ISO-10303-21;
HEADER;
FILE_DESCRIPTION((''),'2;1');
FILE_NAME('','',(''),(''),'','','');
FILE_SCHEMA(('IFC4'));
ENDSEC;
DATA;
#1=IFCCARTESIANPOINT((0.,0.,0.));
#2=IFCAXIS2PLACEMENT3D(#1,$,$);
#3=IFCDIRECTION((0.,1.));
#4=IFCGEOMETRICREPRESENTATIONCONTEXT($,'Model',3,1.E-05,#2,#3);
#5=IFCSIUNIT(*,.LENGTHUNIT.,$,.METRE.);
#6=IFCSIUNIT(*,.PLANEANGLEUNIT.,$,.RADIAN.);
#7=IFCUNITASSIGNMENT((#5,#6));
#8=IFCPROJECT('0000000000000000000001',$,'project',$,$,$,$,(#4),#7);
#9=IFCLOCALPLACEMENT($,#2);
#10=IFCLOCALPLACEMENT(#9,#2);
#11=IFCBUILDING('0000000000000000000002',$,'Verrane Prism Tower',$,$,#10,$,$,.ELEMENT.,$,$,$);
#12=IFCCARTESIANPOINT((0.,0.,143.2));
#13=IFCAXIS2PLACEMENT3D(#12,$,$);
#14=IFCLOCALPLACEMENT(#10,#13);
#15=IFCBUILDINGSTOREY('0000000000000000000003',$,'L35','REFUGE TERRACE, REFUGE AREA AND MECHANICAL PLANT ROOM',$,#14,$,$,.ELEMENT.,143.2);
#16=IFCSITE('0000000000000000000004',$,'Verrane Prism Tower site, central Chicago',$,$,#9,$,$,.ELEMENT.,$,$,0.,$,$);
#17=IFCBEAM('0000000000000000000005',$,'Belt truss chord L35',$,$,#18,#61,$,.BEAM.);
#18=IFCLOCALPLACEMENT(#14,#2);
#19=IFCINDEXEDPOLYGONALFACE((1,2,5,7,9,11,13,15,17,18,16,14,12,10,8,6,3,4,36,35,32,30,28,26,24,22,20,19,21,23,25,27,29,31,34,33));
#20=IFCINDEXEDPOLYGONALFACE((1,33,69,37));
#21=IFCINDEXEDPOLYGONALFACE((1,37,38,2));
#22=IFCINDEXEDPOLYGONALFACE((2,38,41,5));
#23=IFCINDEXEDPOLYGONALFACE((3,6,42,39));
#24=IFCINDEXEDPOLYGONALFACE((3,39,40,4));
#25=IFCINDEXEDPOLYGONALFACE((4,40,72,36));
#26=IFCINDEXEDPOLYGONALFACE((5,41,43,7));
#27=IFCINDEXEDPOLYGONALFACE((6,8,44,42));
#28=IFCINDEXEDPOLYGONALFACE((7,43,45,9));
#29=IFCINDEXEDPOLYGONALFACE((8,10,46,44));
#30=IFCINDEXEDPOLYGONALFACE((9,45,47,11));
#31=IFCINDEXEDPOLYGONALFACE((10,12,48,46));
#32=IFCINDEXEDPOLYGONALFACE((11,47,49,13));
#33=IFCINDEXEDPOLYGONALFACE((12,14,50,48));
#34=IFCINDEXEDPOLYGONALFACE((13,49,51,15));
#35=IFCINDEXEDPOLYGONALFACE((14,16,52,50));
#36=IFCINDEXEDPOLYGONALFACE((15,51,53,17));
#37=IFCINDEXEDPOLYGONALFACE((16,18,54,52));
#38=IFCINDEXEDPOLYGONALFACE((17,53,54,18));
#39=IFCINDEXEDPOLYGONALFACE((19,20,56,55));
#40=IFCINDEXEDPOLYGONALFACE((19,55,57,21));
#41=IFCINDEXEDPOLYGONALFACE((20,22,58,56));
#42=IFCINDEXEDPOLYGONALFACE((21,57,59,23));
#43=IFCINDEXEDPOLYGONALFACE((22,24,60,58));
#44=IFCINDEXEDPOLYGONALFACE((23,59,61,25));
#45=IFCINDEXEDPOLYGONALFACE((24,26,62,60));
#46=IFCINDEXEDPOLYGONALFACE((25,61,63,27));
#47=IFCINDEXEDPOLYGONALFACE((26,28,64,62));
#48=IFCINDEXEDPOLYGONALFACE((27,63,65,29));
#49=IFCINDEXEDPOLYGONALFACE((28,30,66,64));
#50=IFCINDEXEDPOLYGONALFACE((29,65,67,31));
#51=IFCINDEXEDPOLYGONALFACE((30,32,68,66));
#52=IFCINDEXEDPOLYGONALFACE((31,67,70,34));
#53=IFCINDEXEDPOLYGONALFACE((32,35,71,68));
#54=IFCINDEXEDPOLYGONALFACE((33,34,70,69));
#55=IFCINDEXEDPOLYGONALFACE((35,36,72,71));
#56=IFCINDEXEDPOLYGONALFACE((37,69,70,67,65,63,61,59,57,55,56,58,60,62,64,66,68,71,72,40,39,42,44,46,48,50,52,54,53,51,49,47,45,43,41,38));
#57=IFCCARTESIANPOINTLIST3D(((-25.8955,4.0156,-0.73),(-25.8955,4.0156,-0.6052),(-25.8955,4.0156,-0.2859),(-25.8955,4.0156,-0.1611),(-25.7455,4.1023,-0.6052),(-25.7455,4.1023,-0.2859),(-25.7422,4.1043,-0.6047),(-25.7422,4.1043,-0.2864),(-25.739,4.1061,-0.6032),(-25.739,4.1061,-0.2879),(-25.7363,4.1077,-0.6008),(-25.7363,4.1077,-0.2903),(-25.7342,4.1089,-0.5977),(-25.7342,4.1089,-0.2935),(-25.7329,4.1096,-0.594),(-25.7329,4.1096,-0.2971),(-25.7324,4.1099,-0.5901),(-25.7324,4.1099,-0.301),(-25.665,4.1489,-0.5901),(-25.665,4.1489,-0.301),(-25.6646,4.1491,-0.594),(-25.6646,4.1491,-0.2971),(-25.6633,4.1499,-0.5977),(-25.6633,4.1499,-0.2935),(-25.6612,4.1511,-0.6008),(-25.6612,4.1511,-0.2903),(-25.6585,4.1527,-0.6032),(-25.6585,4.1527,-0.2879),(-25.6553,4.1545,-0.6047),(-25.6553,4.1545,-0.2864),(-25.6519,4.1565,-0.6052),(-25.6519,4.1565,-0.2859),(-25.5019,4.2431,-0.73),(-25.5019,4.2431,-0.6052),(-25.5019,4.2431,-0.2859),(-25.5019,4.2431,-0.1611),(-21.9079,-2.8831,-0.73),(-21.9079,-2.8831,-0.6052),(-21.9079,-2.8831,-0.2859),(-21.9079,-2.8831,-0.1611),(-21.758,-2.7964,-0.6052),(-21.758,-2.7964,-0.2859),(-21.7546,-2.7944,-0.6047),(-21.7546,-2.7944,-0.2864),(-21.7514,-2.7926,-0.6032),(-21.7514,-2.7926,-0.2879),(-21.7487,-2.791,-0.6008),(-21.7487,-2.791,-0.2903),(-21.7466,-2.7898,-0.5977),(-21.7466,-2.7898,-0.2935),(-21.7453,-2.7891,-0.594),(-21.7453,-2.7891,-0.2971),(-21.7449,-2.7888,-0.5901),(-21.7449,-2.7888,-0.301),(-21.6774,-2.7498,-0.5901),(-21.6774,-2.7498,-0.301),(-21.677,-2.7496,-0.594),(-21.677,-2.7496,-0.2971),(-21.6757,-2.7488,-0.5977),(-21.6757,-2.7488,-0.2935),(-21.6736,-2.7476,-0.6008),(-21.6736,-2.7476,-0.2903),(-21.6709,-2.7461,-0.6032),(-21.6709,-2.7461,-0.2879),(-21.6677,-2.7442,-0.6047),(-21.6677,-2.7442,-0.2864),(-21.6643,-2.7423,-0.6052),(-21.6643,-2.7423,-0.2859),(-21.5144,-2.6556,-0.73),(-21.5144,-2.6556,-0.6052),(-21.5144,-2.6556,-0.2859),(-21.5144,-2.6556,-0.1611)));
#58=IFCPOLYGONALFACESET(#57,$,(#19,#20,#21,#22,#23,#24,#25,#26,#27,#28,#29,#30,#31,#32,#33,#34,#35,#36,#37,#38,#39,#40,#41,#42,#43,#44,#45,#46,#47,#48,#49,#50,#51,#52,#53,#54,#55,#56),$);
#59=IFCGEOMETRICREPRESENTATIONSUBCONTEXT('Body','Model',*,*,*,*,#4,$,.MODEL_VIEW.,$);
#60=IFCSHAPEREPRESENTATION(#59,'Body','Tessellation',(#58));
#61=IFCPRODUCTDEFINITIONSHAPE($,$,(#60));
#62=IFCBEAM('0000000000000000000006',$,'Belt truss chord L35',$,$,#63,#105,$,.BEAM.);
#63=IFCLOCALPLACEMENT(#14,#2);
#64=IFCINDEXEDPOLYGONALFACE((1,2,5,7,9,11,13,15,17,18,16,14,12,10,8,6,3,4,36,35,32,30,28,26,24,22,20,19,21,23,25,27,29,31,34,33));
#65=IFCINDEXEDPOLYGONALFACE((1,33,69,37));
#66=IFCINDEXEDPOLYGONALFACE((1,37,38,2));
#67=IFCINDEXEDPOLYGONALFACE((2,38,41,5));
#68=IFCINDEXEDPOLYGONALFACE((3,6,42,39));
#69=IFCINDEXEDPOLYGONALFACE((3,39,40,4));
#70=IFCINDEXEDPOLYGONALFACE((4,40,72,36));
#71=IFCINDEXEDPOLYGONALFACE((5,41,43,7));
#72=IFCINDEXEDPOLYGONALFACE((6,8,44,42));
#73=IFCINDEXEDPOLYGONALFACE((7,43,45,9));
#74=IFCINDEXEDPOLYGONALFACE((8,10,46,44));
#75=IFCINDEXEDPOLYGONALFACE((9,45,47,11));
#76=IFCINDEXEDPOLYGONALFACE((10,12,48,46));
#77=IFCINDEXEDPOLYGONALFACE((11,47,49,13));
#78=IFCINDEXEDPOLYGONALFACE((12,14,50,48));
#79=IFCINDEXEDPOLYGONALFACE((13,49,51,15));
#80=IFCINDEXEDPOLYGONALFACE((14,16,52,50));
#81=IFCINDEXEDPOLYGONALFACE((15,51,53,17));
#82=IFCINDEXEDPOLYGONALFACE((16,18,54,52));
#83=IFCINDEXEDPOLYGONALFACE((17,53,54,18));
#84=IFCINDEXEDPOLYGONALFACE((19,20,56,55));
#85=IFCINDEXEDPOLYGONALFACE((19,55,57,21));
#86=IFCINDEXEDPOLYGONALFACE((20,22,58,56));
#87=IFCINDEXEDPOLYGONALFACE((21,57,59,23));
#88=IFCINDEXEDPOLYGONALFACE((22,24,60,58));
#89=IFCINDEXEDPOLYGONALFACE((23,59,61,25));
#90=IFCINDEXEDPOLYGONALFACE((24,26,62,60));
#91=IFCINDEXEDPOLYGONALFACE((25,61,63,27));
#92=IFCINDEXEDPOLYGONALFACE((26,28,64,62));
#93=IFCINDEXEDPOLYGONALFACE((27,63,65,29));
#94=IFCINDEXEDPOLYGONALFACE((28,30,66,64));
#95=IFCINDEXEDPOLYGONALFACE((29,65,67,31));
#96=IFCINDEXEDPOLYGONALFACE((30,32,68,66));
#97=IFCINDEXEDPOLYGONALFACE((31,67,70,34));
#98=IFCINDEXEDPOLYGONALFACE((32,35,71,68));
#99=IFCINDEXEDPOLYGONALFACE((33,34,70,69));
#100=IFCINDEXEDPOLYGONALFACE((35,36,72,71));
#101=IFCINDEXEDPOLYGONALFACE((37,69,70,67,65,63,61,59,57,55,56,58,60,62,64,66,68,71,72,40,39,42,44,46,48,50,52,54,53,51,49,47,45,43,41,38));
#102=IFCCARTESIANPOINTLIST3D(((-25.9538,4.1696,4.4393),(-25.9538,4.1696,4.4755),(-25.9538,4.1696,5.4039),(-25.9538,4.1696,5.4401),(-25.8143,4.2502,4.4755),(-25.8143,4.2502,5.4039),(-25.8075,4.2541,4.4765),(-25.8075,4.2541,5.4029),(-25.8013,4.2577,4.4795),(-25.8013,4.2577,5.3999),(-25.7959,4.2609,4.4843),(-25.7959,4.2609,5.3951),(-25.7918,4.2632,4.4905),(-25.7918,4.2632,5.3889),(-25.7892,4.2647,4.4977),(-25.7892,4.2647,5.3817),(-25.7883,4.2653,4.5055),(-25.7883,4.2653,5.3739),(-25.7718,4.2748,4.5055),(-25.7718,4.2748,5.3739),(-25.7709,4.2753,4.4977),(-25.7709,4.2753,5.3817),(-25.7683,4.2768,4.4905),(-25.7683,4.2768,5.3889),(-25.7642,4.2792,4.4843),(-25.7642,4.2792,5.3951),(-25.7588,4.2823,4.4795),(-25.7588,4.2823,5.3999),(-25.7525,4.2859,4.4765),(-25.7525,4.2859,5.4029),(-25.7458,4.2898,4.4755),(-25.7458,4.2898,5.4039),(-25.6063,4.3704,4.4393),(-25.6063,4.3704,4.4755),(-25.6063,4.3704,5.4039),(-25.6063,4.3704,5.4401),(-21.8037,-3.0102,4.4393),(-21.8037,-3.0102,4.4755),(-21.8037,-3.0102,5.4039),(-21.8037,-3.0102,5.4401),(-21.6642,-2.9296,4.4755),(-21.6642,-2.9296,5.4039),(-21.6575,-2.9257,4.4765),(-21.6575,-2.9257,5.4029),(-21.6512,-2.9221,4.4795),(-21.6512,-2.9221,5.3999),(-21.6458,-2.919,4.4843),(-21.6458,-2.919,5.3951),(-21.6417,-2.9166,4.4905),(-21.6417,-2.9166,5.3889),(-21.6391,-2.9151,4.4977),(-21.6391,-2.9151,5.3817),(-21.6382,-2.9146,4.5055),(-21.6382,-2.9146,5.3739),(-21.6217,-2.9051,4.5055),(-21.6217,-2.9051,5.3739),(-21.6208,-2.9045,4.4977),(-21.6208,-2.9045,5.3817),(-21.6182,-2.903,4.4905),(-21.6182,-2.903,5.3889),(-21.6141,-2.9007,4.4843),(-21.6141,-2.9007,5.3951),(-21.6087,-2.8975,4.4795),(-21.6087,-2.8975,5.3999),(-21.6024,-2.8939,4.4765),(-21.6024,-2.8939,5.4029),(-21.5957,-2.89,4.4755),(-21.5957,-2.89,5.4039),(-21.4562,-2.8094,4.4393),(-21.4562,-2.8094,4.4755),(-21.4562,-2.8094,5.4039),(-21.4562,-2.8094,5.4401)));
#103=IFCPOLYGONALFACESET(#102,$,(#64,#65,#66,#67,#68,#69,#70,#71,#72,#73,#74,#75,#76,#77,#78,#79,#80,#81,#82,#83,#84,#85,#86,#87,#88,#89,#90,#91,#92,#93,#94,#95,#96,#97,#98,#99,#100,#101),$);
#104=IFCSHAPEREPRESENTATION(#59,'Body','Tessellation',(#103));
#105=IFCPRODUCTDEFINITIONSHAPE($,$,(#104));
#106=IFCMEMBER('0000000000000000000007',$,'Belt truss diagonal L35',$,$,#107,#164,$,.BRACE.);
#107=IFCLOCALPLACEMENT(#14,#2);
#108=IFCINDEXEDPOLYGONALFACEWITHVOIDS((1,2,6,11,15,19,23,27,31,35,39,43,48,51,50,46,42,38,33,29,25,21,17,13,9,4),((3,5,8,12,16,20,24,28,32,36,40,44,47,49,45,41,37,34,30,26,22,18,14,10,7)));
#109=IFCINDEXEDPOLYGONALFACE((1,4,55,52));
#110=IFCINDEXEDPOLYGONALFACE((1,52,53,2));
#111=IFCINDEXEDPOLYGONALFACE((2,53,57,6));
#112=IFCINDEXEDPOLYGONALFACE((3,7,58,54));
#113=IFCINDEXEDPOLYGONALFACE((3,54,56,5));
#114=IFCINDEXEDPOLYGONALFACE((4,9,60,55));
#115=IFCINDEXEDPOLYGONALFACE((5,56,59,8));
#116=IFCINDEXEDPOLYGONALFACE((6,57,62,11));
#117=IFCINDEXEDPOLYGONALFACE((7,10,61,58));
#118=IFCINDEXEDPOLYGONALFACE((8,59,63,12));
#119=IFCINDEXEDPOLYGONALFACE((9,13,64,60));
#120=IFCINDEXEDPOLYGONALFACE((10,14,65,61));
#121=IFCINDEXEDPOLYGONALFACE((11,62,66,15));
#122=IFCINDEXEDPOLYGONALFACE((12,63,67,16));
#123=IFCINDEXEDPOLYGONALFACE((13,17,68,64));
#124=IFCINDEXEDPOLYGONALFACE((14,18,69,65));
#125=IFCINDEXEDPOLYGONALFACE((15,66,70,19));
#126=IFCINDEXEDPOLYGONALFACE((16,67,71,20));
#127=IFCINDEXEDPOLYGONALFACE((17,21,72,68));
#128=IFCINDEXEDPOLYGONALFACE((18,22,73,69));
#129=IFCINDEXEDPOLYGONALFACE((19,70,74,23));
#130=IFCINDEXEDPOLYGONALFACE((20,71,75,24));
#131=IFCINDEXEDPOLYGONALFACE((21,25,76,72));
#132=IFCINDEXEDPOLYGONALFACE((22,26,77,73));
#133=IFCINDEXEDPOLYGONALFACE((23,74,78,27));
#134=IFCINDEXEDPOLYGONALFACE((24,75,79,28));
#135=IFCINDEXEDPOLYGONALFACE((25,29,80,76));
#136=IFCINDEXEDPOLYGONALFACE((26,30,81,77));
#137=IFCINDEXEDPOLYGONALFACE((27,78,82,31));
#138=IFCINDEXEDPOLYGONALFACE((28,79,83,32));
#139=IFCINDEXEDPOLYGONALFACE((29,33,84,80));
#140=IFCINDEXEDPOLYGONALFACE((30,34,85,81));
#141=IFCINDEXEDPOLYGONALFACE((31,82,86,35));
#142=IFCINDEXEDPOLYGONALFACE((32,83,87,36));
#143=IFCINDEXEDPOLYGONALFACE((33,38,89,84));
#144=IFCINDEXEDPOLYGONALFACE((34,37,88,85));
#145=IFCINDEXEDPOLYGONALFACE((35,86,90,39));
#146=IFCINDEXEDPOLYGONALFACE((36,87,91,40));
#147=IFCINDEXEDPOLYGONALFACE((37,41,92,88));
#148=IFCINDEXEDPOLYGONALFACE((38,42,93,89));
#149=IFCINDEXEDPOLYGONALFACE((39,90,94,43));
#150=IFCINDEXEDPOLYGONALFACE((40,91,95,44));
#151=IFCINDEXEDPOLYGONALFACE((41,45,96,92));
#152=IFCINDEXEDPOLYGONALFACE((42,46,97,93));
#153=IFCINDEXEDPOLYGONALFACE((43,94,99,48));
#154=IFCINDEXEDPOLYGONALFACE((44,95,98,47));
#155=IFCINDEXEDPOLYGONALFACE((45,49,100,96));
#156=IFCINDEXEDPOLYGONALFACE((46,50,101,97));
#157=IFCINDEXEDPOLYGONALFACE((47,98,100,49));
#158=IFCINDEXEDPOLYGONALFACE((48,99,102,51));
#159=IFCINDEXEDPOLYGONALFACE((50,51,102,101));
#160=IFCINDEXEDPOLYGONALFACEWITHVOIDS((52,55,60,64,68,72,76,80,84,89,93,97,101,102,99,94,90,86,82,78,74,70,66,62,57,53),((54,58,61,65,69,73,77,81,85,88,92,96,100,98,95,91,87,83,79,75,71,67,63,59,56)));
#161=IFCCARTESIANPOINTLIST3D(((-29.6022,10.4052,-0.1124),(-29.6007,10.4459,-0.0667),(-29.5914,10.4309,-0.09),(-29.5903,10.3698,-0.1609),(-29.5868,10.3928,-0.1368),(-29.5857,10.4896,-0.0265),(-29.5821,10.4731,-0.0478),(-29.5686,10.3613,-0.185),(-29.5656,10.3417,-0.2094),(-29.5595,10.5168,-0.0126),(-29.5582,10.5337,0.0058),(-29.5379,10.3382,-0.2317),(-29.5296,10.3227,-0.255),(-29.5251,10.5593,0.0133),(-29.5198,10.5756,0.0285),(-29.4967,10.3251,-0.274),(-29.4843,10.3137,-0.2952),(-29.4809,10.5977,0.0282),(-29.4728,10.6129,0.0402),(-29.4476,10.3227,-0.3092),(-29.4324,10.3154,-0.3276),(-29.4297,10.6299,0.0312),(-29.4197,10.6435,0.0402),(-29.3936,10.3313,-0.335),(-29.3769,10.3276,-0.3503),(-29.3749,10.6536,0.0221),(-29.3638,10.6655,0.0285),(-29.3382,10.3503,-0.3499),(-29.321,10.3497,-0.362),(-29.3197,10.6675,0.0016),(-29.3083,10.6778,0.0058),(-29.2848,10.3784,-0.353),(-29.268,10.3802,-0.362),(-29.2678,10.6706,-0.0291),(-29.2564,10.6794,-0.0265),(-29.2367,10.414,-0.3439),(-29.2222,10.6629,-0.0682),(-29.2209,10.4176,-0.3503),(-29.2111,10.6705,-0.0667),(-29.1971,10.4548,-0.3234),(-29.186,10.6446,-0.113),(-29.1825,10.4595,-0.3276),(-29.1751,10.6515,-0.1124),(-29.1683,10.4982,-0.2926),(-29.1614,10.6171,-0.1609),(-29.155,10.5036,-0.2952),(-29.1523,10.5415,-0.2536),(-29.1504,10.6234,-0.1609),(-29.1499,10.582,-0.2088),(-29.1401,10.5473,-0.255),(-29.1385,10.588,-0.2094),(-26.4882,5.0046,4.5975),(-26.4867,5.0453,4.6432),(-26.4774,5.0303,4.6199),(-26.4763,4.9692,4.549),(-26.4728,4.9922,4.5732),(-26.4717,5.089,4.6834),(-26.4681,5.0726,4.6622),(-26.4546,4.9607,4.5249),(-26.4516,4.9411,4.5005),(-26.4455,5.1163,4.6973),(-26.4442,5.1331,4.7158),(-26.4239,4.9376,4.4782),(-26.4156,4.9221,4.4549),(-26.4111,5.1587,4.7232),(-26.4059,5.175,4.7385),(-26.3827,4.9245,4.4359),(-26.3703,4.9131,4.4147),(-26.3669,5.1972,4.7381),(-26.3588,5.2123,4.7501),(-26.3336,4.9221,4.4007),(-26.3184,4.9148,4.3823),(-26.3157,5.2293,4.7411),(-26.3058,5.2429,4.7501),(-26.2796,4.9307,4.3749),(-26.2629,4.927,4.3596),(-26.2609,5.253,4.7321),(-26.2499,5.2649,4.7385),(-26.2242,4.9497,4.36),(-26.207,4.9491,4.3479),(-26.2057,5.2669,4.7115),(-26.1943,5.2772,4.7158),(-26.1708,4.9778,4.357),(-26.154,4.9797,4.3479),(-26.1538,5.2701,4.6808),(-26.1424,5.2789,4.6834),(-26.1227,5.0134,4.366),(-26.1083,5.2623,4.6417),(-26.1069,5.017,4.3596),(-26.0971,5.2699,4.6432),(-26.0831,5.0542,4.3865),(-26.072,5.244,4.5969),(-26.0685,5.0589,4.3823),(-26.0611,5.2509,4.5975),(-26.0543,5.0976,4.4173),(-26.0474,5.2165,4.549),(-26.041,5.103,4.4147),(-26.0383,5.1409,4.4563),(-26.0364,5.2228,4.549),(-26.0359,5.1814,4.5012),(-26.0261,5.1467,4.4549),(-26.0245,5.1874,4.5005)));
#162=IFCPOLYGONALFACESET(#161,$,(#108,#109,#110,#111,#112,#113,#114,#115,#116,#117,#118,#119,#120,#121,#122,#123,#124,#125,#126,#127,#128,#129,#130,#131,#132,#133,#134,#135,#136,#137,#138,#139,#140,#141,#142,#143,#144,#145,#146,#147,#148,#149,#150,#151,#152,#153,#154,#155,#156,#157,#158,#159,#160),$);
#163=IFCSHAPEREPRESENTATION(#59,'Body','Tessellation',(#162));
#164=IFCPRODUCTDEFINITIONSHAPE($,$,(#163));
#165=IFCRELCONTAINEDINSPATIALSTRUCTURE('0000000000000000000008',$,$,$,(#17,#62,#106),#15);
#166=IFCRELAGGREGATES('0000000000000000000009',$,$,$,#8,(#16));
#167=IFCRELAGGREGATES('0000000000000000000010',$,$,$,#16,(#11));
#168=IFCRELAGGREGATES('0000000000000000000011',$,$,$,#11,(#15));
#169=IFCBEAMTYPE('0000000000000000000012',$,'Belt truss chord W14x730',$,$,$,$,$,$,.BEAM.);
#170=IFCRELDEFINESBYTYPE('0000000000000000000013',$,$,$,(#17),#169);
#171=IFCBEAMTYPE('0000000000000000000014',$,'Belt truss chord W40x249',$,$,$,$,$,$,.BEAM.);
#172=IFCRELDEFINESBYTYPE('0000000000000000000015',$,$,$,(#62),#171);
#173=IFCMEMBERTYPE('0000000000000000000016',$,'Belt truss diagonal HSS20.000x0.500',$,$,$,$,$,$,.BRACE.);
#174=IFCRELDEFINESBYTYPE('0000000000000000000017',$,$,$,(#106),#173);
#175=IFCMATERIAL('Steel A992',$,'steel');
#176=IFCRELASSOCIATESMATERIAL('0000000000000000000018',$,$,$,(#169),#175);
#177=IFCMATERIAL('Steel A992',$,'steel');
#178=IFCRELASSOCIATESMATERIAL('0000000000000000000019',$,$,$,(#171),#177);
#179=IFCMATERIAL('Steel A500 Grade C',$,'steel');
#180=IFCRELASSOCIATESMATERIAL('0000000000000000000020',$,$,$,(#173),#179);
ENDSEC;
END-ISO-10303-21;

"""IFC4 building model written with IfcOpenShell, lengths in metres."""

from ifc_helpers import new_model, si_unit, direction, frame, origin, origin_2d, place, context, subcontext, project, spatial, hollow_circle, i_section, extrude, material, material_profile, profile_set, type_object, element, save


model = new_model("IFC4")

# Units and contexts
model_context = context("Model", 3, precision=1e-05, world=origin(), true_north=direction((0.0, 1.0)))
body_context = subcontext(model_context, "Body", "Model", "MODEL_VIEW")
ifc_project = project(units=[si_unit("LENGTHUNIT", "METRE"), si_unit("PLANEANGLEUNIT", "RADIAN")], contexts=[model_context])

# Site, building, storey
site_placement = place(None, origin())
site = spatial("IfcSite", under=ifc_project, at=site_placement, Name="Verrane Prism Tower site, central Chicago", CompositionType="ELEMENT", RefElevation=0.0)
building_placement = place(site_placement, origin())
building = spatial("IfcBuilding", under=site, at=building_placement, Name="Verrane Prism Tower", CompositionType="ELEMENT")
storey_placement = place(building_placement, frame((0.0, 0.0, 143.2)))
storey = spatial("IfcBuildingStorey", under=building, at=storey_placement, Name="L35", Description="REFUGE TERRACE, REFUGE AREA AND MECHANICAL PLANT ROOM", CompositionType="ELEMENT", Elevation=143.2)

# Beams
ifc_material_1 = material(Name="Steel A992", Category="steel")
ifc_material_profile_1 = material_profile(ifc_material_1, i_section(OverallWidth=0.4546, OverallDepth=0.5688, WebThickness=0.0779, FlangeThickness=0.1248, FilletRadius=0.0151, at=origin_2d()), Name="W14x730")
ifc_profile_set_1 = profile_set([ifc_material_profile_1], Name="Steel A992")
beam_type_1 = type_object("IfcBeamType", Name="Belt truss chord W14x730", PredefinedType="BEAM", material=ifc_profile_set_1)
beam_1_placement = place(storey_placement, frame((-25.6987, 4.1294, -0.4456), z_axis=(0.500432, -0.865776, 0.0), x_axis=(0.865776, 0.500432, 0.0)))
element("IfcBeam", 1, at=beam_1_placement, inside=storey, type_object=beam_type_1, Name="Belt truss chord L35", PredefinedType="BEAM", context=body_context, shape_type="SweptSolid", body=[
    extrude(i_section(OverallWidth=0.4546, OverallDepth=0.5688, WebThickness=0.0779, FlangeThickness=0.1248, FilletRadius=0.0151, at=origin_2d()), origin(), (0.0, 0.0, 1.0), 7.9683),
])
ifc_material_2 = material(Name="Steel A992", Category="steel")
ifc_material_profile_2 = material_profile(ifc_material_2, i_section(OverallWidth=0.4014, OverallDepth=1.0007, WebThickness=0.019, FlangeThickness=0.0361, FilletRadius=0.03, at=origin_2d()), Name="W40x249")
ifc_profile_set_2 = profile_set([ifc_material_profile_2], Name="Steel A992")
beam_type_2 = type_object("IfcBeamType", Name="Belt truss chord W40x249", PredefinedType="BEAM", material=ifc_profile_set_2)
beam_2_placement = place(storey_placement, frame((-25.78, 4.27, 4.9397), z_axis=(0.500435, -0.865774, 0.0), x_axis=(0.865774, 0.500435, 0.0)))
element("IfcBeam", 2, at=beam_2_placement, inside=storey, type_object=beam_type_2, Name="Belt truss chord L35", PredefinedType="BEAM", context=body_context, shape_type="SweptSolid", body=[
    extrude(i_section(OverallWidth=0.4014, OverallDepth=1.0007, WebThickness=0.019, FlangeThickness=0.0361, FilletRadius=0.03, at=origin_2d()), origin(), (0.0, 0.0, 1.0), 8.293),
])

# Member
ifc_material_3 = material(Name="Steel A500 Grade C", Category="steel")
ifc_material_profile_3 = material_profile(ifc_material_3, hollow_circle(Radius=0.2539, WallThickness=0.0127, at=origin_2d()), Name="HSS20.000x0.500")
ifc_profile_set_3 = profile_set([ifc_material_profile_3], Name="Steel A500 Grade C")
member_type_1 = type_object("IfcMemberType", Name="Belt truss diagonal HSS20.000x0.500", PredefinedType="BRACE", material=ifc_profile_set_3)
member_1_placement = place(storey_placement, frame((-29.3704, 10.4966, -0.1609), z_axis=(0.398553, -0.69121, 0.602813), x_axis=(0.866306, 0.499513, 0.0)))
element("IfcMember", 3, at=member_1_placement, inside=storey, type_object=member_type_1, Name="Belt truss diagonal L35", PredefinedType="BRACE", context=body_context, shape_type="SweptSolid", body=[
    extrude(hollow_circle(Radius=0.2539, WallThickness=0.0127, at=origin_2d()), origin(), (0.0, 0.0, 1.0), 7.8132),
])

save(model, "model.ifc")
